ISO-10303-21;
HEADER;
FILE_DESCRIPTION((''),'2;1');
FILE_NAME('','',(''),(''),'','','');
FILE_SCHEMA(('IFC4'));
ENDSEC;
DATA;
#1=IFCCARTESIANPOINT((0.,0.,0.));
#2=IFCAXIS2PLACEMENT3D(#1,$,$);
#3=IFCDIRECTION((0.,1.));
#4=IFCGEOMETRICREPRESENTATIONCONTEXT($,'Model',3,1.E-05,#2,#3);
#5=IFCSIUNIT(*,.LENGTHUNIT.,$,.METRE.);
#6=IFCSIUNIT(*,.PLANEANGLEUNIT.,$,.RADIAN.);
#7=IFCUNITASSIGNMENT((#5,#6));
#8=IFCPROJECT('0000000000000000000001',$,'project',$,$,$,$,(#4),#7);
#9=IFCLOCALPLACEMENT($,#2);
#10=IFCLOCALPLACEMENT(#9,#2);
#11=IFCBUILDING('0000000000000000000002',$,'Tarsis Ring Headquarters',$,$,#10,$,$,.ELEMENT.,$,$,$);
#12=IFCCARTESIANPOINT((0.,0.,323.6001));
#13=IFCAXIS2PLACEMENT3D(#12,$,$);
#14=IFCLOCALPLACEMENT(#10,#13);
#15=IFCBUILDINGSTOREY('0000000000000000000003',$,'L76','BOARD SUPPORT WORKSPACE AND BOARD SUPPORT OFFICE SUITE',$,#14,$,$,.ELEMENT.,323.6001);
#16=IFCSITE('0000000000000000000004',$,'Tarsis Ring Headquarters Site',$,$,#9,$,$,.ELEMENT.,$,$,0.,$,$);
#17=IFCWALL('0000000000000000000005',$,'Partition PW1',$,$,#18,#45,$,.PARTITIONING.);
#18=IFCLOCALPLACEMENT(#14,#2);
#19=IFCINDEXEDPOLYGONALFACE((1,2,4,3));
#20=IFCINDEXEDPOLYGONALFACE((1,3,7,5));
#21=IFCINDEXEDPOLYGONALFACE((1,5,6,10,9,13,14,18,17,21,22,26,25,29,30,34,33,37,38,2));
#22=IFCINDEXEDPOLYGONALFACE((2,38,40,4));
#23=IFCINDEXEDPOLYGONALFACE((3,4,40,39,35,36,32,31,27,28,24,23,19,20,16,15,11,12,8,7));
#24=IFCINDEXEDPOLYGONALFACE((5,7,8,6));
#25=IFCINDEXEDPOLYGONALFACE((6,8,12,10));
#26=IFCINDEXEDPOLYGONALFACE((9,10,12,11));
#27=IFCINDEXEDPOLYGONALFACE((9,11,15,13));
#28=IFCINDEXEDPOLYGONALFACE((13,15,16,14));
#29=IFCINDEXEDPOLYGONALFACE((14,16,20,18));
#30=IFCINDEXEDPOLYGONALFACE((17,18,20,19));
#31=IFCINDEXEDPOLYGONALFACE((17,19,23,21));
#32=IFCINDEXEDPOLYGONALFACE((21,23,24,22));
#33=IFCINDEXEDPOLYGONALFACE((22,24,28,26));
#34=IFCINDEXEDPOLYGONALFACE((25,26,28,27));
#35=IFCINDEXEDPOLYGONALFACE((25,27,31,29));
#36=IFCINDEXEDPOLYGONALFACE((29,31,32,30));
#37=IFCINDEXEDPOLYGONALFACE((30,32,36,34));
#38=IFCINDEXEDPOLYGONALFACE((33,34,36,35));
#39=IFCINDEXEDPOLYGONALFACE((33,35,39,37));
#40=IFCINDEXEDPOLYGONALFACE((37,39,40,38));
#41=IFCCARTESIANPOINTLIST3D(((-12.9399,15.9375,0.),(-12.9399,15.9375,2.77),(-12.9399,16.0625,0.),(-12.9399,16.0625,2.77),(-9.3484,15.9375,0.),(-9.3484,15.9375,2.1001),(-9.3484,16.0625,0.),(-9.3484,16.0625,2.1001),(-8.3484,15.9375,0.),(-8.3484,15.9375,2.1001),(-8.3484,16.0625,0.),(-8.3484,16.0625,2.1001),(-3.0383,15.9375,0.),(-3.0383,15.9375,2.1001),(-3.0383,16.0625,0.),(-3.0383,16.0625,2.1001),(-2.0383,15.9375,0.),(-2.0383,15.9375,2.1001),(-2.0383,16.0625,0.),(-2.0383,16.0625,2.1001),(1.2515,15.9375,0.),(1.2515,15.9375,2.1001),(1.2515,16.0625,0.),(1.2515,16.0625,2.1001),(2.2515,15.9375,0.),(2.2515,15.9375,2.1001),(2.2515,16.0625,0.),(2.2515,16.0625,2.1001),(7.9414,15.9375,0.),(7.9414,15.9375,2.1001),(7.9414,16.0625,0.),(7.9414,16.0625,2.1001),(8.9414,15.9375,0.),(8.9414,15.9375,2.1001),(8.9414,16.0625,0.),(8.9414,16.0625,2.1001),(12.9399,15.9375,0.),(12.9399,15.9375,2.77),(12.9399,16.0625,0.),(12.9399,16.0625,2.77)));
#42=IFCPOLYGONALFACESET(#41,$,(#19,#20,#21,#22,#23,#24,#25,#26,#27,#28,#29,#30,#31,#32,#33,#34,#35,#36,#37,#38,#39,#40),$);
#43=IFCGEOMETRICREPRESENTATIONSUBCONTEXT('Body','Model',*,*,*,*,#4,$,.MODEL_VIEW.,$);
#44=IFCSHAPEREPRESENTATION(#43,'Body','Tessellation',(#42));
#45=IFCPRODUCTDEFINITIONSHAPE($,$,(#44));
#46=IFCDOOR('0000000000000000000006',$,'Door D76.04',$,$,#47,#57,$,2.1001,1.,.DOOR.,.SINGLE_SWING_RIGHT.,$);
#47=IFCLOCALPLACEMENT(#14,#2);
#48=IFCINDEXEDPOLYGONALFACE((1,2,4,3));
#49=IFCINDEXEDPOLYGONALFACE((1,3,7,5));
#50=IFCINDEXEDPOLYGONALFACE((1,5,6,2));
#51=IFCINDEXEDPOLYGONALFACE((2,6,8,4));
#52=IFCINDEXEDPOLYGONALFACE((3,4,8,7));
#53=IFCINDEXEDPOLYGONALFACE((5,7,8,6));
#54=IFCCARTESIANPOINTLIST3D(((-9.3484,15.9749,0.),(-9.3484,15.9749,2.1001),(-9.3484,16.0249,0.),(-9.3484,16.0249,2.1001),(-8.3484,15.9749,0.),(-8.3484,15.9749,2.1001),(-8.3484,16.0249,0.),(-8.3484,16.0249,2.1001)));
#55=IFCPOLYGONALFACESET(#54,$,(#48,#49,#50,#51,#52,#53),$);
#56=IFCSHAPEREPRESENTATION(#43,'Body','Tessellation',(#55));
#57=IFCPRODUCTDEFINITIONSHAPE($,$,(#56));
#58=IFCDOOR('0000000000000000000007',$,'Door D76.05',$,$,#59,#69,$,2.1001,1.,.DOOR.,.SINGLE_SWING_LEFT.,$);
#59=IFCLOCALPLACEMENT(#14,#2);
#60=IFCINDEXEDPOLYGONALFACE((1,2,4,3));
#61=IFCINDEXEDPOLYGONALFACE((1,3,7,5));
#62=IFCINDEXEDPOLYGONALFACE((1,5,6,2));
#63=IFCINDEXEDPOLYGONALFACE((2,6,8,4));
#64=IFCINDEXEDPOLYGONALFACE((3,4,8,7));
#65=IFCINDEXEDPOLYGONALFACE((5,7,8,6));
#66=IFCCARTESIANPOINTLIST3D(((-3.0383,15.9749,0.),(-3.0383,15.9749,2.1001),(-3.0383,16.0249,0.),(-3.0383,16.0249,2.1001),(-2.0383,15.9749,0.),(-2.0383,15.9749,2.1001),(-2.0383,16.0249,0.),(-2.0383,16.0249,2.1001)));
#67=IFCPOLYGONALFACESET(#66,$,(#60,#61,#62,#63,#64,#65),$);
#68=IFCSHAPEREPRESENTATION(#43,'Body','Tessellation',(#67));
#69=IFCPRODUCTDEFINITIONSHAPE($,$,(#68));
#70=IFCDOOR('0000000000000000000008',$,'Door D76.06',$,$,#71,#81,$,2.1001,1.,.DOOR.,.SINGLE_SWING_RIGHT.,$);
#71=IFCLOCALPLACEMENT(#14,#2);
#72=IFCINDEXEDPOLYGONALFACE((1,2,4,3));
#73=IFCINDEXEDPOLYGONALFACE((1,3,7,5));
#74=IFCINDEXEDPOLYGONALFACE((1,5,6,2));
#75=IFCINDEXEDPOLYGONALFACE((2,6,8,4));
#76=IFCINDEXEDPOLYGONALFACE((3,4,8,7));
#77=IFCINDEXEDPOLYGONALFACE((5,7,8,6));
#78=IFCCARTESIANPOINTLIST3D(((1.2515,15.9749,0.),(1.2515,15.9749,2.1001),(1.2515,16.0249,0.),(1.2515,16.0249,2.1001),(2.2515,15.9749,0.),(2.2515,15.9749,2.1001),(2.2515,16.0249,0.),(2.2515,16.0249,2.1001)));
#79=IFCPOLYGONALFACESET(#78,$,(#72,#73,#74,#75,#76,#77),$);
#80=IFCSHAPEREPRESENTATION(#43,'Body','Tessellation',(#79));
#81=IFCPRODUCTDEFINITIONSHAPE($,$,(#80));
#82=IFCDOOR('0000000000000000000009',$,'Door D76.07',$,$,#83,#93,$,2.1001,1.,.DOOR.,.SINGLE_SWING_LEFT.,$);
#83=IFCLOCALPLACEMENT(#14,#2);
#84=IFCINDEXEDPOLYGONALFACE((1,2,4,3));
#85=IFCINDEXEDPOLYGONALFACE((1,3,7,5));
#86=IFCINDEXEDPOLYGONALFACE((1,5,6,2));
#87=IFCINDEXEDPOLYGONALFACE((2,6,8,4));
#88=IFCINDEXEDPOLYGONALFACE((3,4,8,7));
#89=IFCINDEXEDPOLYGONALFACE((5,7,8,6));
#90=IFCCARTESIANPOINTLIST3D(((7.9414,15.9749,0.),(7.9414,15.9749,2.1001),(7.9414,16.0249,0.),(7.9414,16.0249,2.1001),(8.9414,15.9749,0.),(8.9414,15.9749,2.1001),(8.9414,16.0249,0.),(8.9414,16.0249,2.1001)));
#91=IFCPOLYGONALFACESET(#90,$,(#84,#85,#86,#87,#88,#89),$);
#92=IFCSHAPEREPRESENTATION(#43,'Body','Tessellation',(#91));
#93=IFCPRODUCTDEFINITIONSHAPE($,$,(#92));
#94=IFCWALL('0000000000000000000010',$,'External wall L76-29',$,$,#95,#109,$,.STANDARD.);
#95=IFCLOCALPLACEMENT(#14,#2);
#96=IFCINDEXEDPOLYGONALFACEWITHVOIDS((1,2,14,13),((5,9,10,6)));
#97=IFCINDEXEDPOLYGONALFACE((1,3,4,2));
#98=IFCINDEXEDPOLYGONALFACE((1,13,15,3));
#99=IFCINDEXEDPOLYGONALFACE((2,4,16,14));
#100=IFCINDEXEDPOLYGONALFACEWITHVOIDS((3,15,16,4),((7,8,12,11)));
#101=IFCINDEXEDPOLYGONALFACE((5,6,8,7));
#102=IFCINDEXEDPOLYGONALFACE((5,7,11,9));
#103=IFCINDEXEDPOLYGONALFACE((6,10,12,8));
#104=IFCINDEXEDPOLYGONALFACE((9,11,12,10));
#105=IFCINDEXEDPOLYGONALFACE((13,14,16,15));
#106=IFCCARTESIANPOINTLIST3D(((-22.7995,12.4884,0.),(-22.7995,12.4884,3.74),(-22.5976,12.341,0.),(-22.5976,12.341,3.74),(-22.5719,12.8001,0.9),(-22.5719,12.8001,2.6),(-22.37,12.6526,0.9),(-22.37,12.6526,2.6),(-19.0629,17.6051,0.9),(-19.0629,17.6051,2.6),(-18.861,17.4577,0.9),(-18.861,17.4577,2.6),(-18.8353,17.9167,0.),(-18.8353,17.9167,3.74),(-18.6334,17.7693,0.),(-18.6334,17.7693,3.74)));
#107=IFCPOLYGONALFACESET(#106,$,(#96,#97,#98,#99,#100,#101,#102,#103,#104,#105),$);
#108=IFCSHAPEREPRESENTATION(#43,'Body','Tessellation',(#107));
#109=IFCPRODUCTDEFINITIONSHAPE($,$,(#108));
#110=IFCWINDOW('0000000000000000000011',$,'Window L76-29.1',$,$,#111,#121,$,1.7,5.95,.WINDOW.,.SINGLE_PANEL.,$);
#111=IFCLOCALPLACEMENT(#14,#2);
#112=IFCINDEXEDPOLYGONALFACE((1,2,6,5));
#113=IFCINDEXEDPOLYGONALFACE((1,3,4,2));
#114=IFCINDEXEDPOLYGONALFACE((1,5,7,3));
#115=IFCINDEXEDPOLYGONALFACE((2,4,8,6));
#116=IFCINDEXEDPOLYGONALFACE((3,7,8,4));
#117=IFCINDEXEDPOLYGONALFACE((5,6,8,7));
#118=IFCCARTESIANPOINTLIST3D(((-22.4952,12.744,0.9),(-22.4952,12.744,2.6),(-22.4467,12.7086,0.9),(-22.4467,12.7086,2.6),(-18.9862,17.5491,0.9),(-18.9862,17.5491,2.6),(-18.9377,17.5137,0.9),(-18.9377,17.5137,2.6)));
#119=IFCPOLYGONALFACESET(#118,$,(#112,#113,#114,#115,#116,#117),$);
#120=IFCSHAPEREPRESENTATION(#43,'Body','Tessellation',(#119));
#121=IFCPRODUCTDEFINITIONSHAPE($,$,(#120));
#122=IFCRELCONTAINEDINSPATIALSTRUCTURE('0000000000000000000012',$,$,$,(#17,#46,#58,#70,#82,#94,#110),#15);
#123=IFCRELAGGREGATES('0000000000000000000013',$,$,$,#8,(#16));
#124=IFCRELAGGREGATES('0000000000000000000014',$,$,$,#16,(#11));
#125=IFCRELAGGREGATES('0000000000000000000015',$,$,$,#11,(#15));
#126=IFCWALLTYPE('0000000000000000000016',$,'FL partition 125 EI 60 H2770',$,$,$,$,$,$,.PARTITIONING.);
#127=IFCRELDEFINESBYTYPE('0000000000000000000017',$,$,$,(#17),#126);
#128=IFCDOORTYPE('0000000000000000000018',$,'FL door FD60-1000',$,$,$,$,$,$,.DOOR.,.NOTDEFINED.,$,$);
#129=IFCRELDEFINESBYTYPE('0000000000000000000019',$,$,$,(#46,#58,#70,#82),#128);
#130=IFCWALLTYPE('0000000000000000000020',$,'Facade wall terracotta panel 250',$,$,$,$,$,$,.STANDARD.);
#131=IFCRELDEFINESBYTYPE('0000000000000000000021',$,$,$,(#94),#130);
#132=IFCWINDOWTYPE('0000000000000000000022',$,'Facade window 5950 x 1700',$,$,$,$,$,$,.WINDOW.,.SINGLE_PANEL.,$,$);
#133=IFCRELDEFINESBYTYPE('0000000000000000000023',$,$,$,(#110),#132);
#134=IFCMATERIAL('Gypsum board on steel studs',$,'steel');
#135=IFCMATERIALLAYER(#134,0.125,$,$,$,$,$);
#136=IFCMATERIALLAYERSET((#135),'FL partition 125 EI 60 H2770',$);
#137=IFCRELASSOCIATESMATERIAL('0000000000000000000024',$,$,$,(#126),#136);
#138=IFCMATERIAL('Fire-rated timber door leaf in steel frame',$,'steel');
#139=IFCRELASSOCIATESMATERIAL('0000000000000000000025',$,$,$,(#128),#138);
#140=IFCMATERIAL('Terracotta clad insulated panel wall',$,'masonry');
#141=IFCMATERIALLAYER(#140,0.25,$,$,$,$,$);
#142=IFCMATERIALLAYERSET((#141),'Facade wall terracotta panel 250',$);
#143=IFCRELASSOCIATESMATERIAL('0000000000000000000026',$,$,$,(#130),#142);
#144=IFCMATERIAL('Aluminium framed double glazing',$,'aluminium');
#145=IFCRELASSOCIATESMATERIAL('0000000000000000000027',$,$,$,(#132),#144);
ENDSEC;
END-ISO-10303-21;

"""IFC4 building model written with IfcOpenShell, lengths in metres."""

from ifc_helpers import new_model, si_unit, direction, frame, frame_2d, origin, place, context, subcontext, project, spatial, rectangle, extrude, material, layer, layer_set, type_object, element, fill, save


model = new_model("IFC4")

# Units and contexts
model_context = context("Model", 3, precision=1e-05, world=origin(), true_north=direction((0.0, 1.0)))
body_context = subcontext(model_context, "Body", "Model", "MODEL_VIEW")
ifc_project = project(units=[si_unit("LENGTHUNIT", "METRE"), si_unit("PLANEANGLEUNIT", "RADIAN")], contexts=[model_context])

# Site, building, storey
site_placement = place(None, origin())
site = spatial("IfcSite", under=ifc_project, at=site_placement, Name="Tarsis Ring Headquarters Site", CompositionType="ELEMENT", RefElevation=0.0)
building_placement = place(site_placement, origin())
building = spatial("IfcBuilding", under=site, at=building_placement, Name="Tarsis Ring Headquarters", CompositionType="ELEMENT")
storey_placement = place(building_placement, frame((0.0, 0.0, 323.6001)))
storey = spatial("IfcBuildingStorey", under=building, at=storey_placement, Name="L76", Description="BOARD SUPPORT WORKSPACE AND BOARD SUPPORT OFFICE SUITE", CompositionType="ELEMENT", Elevation=323.6001)

# Shared definitions
ifc_material_1 = material(Name="Gypsum board on steel studs", Category="steel")

# Wall, openings, doors
ifc_layer_1 = layer(ifc_material_1, 0.125)
ifc_layer_set_1 = layer_set([ifc_layer_1], Name="FL partition 125 EI 60 H2770")
wall_type_1 = type_object("IfcWallType", Name="FL partition 125 EI 60 H2770", PredefinedType="PARTITIONING", material=ifc_layer_set_1)
wall_1_placement = place(storey_placement, frame((-12.9399, 16.0, 0.0), z_axis=(0.0, 0.0, 1.0), x_axis=(1.0, 0.0, 0.0)))
wall_1 = element("IfcWall", 1, at=wall_1_placement, inside=storey, type_object=wall_type_1, Name="Partition PW1", PredefinedType="PARTITIONING", context=body_context, shape_type="SweptSolid", body=[
    extrude(rectangle(XDim=25.8799, YDim=0.125, at=frame_2d((12.9399, 0.0))), origin(), (0.0, 0.0, 1.0), 2.77),
])
opening_1_placement = place(wall_1_placement, frame((3.5916, 0.0, 0.0)))
opening_1 = element("IfcOpeningElement", 2, at=opening_1_placement, cuts=wall_1, PredefinedType="OPENING", context=body_context, shape_type="SweptSolid", body=[
    extrude(rectangle(XDim=1.0, YDim=2.1001, at=frame_2d((0.5, 1.05))), frame((0.0, 0.0725, 0.0), z_axis=(0.0, -1.0, 0.0), x_axis=(1.0, 0.0, 0.0)), (0.0, 0.0, 1.0), 0.145),
])
opening_2_placement = place(wall_1_placement, frame((9.9016, 0.0, 0.0)))
opening_2 = element("IfcOpeningElement", 3, at=opening_2_placement, cuts=wall_1, PredefinedType="OPENING", context=body_context, shape_type="SweptSolid", body=[
    extrude(rectangle(XDim=1.0, YDim=2.1001, at=frame_2d((0.5, 1.05))), frame((0.0, 0.0725, 0.0), z_axis=(0.0, -1.0, 0.0), x_axis=(1.0, 0.0, 0.0)), (0.0, 0.0, 1.0), 0.145),
])
opening_3_placement = place(wall_1_placement, frame((14.1914, 0.0, 0.0)))
opening_3 = element("IfcOpeningElement", 4, at=opening_3_placement, cuts=wall_1, PredefinedType="OPENING", context=body_context, shape_type="SweptSolid", body=[
    extrude(rectangle(XDim=1.0, YDim=2.1001, at=frame_2d((0.5, 1.05))), frame((0.0, 0.0725, 0.0), z_axis=(0.0, -1.0, 0.0), x_axis=(1.0, 0.0, 0.0)), (0.0, 0.0, 1.0), 0.145),
])
opening_4_placement = place(wall_1_placement, frame((20.8813, 0.0, 0.0)))
opening_4 = element("IfcOpeningElement", 5, at=opening_4_placement, cuts=wall_1, PredefinedType="OPENING", context=body_context, shape_type="SweptSolid", body=[
    extrude(rectangle(XDim=1.0, YDim=2.1001, at=frame_2d((0.5, 1.05))), frame((0.0, 0.0725, 0.0), z_axis=(0.0, -1.0, 0.0), x_axis=(1.0, 0.0, 0.0)), (0.0, 0.0, 1.0), 0.145),
])
ifc_material_2 = material(Name="Fire-rated timber door leaf in steel frame", Category="steel")
door_type_1 = type_object("IfcDoorType", Name="FL door FD60-1000", OperationType="NOTDEFINED", PredefinedType="DOOR", material=ifc_material_2)
door_1_placement = place(opening_1_placement, origin())
door_1 = element("IfcDoor", 6, at=door_1_placement, inside=storey, type_object=door_type_1, Name="Door D76.04", OperationType="SINGLE_SWING_RIGHT", OverallHeight=2.1001, OverallWidth=1.0, PredefinedType="DOOR", context=body_context, shape_type="SweptSolid", body=[
    extrude(rectangle(XDim=1.0, YDim=2.1001, at=frame_2d((0.5, 1.05))), frame((0.0, 0.0249, 0.0), z_axis=(0.0, -1.0, 0.0), x_axis=(1.0, 0.0, 0.0)), (0.0, 0.0, 1.0), 0.05),
])
fill(opening_1, door_1)
door_2_placement = place(opening_2_placement, origin())
door_2 = element("IfcDoor", 7, at=door_2_placement, inside=storey, type_object=door_type_1, Name="Door D76.05", OperationType="SINGLE_SWING_LEFT", OverallHeight=2.1001, OverallWidth=1.0, PredefinedType="DOOR", context=body_context, shape_type="SweptSolid", body=[
    extrude(rectangle(XDim=1.0, YDim=2.1001, at=frame_2d((0.5, 1.05))), frame((0.0, 0.0249, 0.0), z_axis=(0.0, -1.0, 0.0), x_axis=(1.0, 0.0, 0.0)), (0.0, 0.0, 1.0), 0.05),
])
fill(opening_2, door_2)
door_3_placement = place(opening_3_placement, origin())
door_3 = element("IfcDoor", 8, at=door_3_placement, inside=storey, type_object=door_type_1, Name="Door D76.06", OperationType="SINGLE_SWING_RIGHT", OverallHeight=2.1001, OverallWidth=1.0, PredefinedType="DOOR", context=body_context, shape_type="SweptSolid", body=[
    extrude(rectangle(XDim=1.0, YDim=2.1001, at=frame_2d((0.5, 1.05))), frame((0.0, 0.0249, 0.0), z_axis=(0.0, -1.0, 0.0), x_axis=(1.0, 0.0, 0.0)), (0.0, 0.0, 1.0), 0.05),
])
fill(opening_3, door_3)
door_4_placement = place(opening_4_placement, origin())
door_4 = element("IfcDoor", 9, at=door_4_placement, inside=storey, type_object=door_type_1, Name="Door D76.07", OperationType="SINGLE_SWING_LEFT", OverallHeight=2.1001, OverallWidth=1.0, PredefinedType="DOOR", context=body_context, shape_type="SweptSolid", body=[
    extrude(rectangle(XDim=1.0, YDim=2.1001, at=frame_2d((0.5, 1.05))), frame((0.0, 0.0249, 0.0), z_axis=(0.0, -1.0, 0.0), x_axis=(1.0, 0.0, 0.0)), (0.0, 0.0, 1.0), 0.05),
])
fill(opening_4, door_4)

# Wall, opening, window
ifc_material_3 = material(Name="Terracotta clad insulated panel wall", Category="masonry")
ifc_layer_2 = layer(ifc_material_3, 0.25)
ifc_layer_set_2 = layer_set([ifc_layer_2], Name="Facade wall terracotta panel 250")
wall_type_2 = type_object("IfcWallType", Name="Facade wall terracotta panel 250", PredefinedType="STANDARD", material=ifc_layer_set_2)
wall_2_placement = place(storey_placement, frame((-18.7344, 17.843, 0.0), z_axis=(0.0, 0.0, 1.0), x_axis=(-0.589758, -0.80758, 0.0)))
wall_2 = element("IfcWall", 10, at=wall_2_placement, inside=storey, type_object=wall_type_2, Name="External wall L76-29", PredefinedType="STANDARD", context=body_context, shape_type="SweptSolid", body=[
    extrude(rectangle(XDim=6.7217, YDim=0.25, at=frame_2d((3.3608, 0.0))), origin(), (0.0, 0.0, 1.0), 3.74),
])
opening_5_placement = place(wall_2_placement, frame((0.3857, 0.0, 0.8999)))
opening_5 = element("IfcOpeningElement", 11, at=opening_5_placement, cuts=wall_2, PredefinedType="OPENING", context=body_context, shape_type="SweptSolid", body=[
    extrude(rectangle(XDim=5.95, YDim=1.7, at=frame_2d((2.9751, 0.8501))), frame((0.0, 0.135, 0.0), z_axis=(0.0, -1.0, 0.0), x_axis=(1.0, 0.0, 0.0)), (0.0, 0.0, 1.0), 0.27),
])
ifc_material_4 = material(Name="Aluminium framed double glazing", Category="aluminium")
window_type = type_object("IfcWindowType", Name="Facade window 5950 x 1700", PartitioningType="SINGLE_PANEL", PredefinedType="WINDOW", material=ifc_material_4)
window_placement = place(opening_5_placement, origin())
window = element("IfcWindow", 12, at=window_placement, inside=storey, type_object=window_type, Name="Window L76-29.1", OverallHeight=1.7, OverallWidth=5.95, PartitioningType="SINGLE_PANEL", PredefinedType="WINDOW", context=body_context, shape_type="SweptSolid", body=[
    extrude(rectangle(XDim=5.95, YDim=1.7, at=frame_2d((2.9751, 0.8501))), frame((0.0, 0.03, 0.0), z_axis=(0.0, -1.0, 0.0), x_axis=(1.0, 0.0, 0.0)), (0.0, 0.0, 1.0), 0.0601),
])
fill(opening_5, window)

save(model, "model.ifc")
